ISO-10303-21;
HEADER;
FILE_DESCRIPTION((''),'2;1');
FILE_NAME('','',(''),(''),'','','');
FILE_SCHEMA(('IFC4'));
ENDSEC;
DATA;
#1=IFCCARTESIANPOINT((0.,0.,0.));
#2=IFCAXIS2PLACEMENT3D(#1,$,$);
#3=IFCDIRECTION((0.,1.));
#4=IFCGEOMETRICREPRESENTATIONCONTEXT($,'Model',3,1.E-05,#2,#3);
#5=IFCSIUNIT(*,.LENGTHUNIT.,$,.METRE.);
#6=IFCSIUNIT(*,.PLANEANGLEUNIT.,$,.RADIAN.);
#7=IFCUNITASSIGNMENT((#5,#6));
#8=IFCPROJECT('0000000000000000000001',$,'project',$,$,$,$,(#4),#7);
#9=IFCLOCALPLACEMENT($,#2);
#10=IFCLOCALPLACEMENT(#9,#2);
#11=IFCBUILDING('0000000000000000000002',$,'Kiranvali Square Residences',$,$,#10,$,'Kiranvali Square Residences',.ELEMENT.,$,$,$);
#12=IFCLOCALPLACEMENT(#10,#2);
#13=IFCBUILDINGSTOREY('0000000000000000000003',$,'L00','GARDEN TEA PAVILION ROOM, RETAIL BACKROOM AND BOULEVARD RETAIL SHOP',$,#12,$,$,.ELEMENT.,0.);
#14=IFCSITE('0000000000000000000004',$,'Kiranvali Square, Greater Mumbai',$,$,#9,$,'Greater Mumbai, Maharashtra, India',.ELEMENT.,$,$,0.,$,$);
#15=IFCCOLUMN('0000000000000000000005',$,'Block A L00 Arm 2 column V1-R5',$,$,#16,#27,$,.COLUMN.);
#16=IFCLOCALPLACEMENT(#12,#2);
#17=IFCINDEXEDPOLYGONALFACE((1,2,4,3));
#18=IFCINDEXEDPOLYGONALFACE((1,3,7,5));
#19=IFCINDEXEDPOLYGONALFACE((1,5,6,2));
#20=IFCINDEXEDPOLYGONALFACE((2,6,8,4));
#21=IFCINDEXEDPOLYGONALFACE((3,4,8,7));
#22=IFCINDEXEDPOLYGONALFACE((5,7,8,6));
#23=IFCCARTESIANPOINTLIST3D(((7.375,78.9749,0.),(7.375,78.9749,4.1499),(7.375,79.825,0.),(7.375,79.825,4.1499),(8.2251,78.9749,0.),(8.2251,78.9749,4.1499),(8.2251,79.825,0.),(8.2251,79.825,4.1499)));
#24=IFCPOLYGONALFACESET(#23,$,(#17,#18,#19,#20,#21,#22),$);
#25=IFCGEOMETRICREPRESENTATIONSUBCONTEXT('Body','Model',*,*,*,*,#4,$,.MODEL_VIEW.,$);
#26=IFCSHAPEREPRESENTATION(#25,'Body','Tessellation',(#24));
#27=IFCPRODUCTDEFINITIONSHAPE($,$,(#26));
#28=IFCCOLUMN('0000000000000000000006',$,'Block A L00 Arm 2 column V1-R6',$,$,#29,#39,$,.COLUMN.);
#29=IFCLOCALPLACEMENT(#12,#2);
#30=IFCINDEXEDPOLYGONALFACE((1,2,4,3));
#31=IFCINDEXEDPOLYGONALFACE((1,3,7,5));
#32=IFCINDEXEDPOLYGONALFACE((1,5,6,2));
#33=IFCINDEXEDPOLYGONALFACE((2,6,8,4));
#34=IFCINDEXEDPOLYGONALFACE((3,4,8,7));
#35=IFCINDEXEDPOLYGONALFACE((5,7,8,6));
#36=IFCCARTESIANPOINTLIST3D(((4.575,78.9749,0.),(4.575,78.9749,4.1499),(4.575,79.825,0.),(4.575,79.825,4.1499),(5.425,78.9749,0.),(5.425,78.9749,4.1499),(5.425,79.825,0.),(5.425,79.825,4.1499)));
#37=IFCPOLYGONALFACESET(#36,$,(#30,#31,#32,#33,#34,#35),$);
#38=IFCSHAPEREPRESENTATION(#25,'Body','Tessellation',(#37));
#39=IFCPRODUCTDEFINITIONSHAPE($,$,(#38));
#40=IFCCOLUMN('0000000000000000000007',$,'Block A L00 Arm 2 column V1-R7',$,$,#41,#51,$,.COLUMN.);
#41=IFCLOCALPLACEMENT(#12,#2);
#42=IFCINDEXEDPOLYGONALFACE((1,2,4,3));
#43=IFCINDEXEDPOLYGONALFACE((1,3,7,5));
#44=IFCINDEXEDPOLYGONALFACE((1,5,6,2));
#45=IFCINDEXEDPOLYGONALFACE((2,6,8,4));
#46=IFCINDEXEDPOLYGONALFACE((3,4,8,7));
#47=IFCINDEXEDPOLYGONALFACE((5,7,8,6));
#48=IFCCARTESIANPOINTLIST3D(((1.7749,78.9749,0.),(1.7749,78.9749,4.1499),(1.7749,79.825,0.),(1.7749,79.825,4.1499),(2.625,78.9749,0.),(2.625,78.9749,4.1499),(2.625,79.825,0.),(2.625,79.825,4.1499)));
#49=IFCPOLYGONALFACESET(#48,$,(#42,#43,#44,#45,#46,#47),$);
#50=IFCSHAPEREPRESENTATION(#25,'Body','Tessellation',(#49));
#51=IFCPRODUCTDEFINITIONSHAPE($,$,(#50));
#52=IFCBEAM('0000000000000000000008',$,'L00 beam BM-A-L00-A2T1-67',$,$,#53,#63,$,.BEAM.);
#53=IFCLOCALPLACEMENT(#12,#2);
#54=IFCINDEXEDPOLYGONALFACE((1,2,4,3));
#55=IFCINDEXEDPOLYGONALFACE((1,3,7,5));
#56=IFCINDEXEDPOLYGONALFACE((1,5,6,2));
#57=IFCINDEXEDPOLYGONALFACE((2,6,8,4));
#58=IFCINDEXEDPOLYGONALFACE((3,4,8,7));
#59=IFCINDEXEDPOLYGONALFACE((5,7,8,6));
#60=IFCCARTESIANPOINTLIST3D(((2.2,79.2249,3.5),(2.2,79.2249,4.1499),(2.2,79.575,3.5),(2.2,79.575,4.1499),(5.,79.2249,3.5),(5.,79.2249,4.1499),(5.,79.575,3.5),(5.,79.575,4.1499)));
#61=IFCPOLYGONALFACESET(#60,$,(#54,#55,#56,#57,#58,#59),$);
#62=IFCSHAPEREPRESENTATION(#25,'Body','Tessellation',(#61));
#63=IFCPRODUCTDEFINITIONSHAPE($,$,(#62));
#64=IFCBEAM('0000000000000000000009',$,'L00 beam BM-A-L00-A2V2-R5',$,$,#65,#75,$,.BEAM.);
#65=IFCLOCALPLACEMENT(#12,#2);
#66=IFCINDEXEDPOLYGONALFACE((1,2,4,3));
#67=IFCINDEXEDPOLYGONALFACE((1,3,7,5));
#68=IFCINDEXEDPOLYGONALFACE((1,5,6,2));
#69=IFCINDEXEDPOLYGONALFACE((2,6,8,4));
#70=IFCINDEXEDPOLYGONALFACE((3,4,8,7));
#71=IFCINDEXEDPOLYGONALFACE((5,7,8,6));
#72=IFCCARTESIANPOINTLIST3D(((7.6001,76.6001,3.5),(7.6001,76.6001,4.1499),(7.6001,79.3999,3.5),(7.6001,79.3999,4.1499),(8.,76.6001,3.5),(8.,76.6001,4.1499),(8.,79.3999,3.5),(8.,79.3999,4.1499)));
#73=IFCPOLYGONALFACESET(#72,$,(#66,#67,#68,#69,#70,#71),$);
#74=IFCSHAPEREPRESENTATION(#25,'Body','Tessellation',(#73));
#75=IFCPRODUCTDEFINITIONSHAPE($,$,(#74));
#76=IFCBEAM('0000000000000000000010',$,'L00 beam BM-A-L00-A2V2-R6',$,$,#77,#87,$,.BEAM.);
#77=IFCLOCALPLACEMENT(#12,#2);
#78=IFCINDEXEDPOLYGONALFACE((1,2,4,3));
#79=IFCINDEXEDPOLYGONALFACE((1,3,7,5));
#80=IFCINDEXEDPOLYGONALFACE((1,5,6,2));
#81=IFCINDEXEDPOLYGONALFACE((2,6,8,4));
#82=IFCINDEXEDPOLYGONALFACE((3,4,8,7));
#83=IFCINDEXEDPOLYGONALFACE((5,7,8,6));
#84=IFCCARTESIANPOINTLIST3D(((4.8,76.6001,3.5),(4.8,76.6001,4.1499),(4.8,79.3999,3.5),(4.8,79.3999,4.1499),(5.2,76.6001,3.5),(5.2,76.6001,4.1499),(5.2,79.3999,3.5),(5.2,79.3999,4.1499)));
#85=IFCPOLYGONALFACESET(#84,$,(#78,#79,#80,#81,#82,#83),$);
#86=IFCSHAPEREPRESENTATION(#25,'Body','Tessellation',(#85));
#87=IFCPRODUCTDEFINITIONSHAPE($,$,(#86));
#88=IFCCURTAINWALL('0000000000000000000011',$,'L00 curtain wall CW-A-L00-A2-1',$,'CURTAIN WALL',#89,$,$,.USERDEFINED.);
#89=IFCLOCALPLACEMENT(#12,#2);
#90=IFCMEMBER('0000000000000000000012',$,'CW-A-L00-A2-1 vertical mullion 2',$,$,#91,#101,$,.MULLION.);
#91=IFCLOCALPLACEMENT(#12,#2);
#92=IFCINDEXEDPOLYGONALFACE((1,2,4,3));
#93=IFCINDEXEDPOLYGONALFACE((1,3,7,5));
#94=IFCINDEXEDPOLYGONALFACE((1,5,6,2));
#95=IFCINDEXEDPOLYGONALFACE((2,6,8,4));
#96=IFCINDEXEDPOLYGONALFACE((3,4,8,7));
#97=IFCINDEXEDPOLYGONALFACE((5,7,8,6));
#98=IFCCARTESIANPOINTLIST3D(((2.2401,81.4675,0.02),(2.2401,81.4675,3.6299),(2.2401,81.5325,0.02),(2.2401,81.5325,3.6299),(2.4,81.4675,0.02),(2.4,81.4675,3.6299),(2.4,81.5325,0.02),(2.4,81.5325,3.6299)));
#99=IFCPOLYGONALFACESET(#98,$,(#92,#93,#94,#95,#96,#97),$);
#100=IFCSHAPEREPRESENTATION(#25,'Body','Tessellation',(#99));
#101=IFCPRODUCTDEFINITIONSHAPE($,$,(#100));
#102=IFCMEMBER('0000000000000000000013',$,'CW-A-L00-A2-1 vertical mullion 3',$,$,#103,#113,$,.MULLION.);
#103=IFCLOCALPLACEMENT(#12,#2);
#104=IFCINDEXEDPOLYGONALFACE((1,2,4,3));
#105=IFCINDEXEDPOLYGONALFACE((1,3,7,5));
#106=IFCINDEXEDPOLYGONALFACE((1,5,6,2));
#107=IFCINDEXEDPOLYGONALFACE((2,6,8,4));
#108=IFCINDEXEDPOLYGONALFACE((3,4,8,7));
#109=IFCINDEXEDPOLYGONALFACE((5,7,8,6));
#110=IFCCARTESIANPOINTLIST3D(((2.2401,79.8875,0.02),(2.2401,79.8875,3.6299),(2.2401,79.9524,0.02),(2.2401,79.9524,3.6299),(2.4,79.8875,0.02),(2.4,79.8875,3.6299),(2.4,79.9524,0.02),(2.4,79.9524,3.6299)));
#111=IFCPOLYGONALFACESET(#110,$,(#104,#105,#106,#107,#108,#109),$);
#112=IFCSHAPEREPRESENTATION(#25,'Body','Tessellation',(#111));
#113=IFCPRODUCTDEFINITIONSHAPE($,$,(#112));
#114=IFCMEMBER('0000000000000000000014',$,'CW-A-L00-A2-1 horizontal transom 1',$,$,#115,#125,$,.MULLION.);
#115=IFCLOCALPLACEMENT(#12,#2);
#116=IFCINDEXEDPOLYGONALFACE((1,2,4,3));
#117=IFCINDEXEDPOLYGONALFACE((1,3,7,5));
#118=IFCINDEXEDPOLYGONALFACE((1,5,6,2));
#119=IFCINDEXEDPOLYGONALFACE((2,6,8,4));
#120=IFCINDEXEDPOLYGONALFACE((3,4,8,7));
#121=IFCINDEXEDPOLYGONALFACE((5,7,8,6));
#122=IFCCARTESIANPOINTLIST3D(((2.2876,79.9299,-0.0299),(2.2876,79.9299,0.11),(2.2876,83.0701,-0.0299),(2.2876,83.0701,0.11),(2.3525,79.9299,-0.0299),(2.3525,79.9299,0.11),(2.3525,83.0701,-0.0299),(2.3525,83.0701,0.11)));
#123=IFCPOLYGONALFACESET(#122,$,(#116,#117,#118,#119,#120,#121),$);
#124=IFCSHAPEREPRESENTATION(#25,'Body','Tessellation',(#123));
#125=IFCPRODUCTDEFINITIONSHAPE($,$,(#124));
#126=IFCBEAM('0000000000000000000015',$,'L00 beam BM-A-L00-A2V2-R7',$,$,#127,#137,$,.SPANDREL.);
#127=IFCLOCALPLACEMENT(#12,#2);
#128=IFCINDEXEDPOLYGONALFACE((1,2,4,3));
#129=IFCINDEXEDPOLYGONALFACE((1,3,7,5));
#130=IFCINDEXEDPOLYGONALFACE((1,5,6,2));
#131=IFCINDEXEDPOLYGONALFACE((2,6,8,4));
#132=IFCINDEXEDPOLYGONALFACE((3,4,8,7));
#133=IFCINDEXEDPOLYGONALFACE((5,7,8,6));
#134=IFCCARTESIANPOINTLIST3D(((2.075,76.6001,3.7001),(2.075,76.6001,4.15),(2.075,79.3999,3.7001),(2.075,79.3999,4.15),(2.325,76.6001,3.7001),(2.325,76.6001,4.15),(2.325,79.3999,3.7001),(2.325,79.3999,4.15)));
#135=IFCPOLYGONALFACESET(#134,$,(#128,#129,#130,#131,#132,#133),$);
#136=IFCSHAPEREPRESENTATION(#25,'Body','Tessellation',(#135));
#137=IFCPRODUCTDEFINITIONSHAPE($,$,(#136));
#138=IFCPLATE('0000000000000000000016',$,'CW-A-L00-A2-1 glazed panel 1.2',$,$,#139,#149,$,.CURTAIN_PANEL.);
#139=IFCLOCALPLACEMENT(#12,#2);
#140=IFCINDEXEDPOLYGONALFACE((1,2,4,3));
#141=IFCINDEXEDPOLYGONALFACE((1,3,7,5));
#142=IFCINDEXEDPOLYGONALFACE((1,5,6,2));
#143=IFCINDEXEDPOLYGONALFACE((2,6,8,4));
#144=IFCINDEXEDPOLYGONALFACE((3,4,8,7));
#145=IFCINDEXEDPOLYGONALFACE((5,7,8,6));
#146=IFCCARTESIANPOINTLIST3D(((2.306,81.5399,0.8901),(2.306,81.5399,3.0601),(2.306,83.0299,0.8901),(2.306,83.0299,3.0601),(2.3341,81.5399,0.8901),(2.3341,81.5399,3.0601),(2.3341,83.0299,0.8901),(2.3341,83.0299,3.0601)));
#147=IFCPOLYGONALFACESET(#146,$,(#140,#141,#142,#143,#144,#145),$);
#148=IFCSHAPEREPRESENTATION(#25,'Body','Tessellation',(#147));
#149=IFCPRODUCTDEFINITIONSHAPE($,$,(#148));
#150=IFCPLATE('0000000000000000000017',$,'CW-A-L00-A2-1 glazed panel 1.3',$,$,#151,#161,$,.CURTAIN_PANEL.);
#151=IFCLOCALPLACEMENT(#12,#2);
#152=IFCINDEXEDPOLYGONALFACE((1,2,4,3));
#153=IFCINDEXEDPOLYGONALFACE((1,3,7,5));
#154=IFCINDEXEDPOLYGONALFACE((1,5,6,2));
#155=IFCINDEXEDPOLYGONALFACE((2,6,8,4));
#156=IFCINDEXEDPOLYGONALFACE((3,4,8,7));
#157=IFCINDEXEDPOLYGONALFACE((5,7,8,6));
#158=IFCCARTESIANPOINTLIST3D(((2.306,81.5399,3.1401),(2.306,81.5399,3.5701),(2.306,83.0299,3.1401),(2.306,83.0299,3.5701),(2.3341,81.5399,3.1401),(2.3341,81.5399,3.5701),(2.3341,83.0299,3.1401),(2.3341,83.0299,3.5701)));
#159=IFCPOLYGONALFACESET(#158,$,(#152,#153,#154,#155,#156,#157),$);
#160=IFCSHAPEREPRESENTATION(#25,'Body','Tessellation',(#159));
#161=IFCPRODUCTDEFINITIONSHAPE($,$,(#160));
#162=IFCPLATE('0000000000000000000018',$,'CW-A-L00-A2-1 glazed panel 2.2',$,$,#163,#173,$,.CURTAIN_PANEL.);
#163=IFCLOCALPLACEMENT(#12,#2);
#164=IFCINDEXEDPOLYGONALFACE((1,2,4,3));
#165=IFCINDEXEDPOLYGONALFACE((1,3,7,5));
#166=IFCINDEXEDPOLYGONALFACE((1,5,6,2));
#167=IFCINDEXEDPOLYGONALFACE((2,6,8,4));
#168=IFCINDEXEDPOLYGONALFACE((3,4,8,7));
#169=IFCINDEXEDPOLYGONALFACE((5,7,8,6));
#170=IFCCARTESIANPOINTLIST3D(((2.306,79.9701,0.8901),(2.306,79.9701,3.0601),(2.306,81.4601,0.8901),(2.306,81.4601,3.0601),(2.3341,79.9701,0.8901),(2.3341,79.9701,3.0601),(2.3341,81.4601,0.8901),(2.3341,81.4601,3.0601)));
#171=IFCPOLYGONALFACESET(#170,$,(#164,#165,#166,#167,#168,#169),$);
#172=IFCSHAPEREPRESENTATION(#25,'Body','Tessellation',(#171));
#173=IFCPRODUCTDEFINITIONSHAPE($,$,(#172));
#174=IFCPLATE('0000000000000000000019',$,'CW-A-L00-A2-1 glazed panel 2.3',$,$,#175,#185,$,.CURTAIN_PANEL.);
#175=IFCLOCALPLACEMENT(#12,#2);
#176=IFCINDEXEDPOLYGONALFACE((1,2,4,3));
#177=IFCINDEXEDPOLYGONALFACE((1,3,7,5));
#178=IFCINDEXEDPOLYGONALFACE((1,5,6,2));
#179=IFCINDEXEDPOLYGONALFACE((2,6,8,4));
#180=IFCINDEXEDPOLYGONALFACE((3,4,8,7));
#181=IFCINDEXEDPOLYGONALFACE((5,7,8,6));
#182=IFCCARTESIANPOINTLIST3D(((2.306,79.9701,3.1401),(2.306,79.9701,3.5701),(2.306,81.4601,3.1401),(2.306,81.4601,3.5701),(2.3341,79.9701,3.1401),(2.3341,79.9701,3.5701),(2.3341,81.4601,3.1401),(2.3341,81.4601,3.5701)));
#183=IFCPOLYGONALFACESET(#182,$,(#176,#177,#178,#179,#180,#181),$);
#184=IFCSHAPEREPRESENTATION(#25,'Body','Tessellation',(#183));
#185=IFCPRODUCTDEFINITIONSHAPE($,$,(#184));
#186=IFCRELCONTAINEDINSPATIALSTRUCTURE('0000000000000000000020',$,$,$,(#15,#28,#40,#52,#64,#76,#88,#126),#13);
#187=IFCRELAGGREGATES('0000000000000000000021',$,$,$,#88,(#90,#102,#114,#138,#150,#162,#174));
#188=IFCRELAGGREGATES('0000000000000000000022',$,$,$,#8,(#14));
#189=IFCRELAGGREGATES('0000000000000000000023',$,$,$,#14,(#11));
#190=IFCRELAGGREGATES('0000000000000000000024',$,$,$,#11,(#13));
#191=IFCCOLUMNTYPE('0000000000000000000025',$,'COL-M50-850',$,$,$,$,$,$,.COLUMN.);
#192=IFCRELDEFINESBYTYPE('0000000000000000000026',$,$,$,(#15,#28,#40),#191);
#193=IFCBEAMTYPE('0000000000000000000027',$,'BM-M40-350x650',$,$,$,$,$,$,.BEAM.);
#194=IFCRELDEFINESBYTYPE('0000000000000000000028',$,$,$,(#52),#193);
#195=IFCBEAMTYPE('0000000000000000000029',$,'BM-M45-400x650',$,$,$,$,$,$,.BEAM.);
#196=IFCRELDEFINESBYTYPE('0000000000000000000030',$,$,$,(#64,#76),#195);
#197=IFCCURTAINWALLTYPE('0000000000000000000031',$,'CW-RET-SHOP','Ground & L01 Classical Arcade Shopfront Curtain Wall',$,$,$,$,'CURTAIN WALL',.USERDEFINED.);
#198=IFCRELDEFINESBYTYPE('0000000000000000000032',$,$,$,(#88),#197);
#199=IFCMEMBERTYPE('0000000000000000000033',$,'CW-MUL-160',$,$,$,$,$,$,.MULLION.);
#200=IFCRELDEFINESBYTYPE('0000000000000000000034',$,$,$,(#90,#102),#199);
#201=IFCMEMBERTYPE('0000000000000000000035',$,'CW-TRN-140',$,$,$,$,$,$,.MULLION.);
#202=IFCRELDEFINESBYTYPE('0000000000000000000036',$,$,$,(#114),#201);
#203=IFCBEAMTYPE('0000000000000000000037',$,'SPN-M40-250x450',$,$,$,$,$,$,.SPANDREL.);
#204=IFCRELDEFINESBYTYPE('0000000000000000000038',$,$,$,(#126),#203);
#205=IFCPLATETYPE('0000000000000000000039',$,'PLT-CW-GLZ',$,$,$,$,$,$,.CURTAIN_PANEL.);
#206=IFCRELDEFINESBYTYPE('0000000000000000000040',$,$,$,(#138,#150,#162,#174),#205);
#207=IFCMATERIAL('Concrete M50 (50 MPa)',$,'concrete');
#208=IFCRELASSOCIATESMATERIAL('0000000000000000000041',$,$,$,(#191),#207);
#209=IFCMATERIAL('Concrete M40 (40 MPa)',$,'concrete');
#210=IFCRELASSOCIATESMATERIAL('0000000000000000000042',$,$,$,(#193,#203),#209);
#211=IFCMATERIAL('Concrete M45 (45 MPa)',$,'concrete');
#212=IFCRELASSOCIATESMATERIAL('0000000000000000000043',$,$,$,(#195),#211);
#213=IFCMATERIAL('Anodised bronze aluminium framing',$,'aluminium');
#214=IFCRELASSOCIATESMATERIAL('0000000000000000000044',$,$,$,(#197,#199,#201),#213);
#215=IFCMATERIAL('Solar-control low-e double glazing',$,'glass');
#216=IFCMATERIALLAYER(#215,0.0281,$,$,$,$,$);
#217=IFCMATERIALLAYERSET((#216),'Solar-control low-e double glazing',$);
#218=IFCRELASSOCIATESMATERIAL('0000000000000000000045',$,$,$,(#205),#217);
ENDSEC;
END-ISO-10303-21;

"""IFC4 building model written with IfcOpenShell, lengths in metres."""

from ifc_helpers import new_model, si_unit, direction, frame, origin, origin_2d, place, context, subcontext, project, spatial, rectangle, extrude, material, layer, layer_set, material_profile, profile_set, type_object, element, aggregate, save


model = new_model("IFC4")

# Units and contexts
model_context = context("Model", 3, precision=1e-05, world=origin(), true_north=direction((0.0, 1.0)))
body_context = subcontext(model_context, "Body", "Model", "MODEL_VIEW")
ifc_project = project(units=[si_unit("LENGTHUNIT", "METRE"), si_unit("PLANEANGLEUNIT", "RADIAN")], contexts=[model_context])

# Site, building, storey
site_placement = place(None, origin())
site = spatial("IfcSite", under=ifc_project, at=site_placement, Name="Kiranvali Square, Greater Mumbai", LongName="Greater Mumbai, Maharashtra, India", CompositionType="ELEMENT", RefElevation=0.0)
building_placement = place(site_placement, origin())
building = spatial("IfcBuilding", under=site, at=building_placement, Name="Kiranvali Square Residences", LongName="Kiranvali Square Residences", CompositionType="ELEMENT")
storey_placement = place(building_placement, origin())
storey = spatial("IfcBuildingStorey", under=building, at=storey_placement, Name="L00", Description="GARDEN TEA PAVILION ROOM, RETAIL BACKROOM AND BOULEVARD RETAIL SHOP", CompositionType="ELEMENT", Elevation=0.0)

# Columns
ifc_material_1 = material(Name="Concrete M50 (50 MPa)", Category="concrete")
ifc_material_profile_1 = material_profile(ifc_material_1, rectangle(XDim=0.8501, YDim=0.8501, at=origin_2d()), Name="RC 850x850")
ifc_profile_set_1 = profile_set([ifc_material_profile_1], Name="Concrete M50 (50 MPa)")
column_type = type_object("IfcColumnType", Name="COL-M50-850", PredefinedType="COLUMN", material=ifc_profile_set_1)
for number, where, z_axis, x_axis, name in (
    (1, (7.8, 79.3999, 0.0), (0.0, 0.0, 1.0), (1.0, 0.0, 0.0), "Block A L00 Arm 2 column V1-R5"),
    (2, (5.0, 79.3999, 0.0), (0.0, 0.0, 1.0), (1.0, 0.0, 0.0), "Block A L00 Arm 2 column V1-R6"),
    (3, (2.2, 79.3999, 0.0), (0.0, 0.0, 1.0), (1.0, 0.0, 0.0), "Block A L00 Arm 2 column V1-R7"),
):
    element("IfcColumn", number, at=place(storey_placement, frame(where, z_axis=z_axis, x_axis=x_axis)), inside=storey, type_object=column_type, Name=name, PredefinedType="COLUMN", context=body_context, shape_type="SweptSolid", body=[
        extrude(rectangle(XDim=0.8501, YDim=0.8501, at=origin_2d()), origin(), (0.0, 0.0, 1.0), 4.1499),
    ])

# Beams
ifc_material_2 = material(Name="Concrete M40 (40 MPa)", Category="concrete")
ifc_material_profile_2 = material_profile(ifc_material_2, rectangle(XDim=0.3501, YDim=0.6499, at=origin_2d()), Name="RC 350x650")
ifc_profile_set_2 = profile_set([ifc_material_profile_2], Name="Concrete M40 (40 MPa)")
beam_type_1 = type_object("IfcBeamType", Name="BM-M40-350x650", PredefinedType="BEAM", material=ifc_profile_set_2)
beam_1_placement = place(storey_placement, frame((5.0, 79.3999, 3.825), z_axis=(-1.0, 0.0, 0.0), x_axis=(0.0, -1.0, 0.0)))
element("IfcBeam", 4, at=beam_1_placement, inside=storey, type_object=beam_type_1, Name="L00 beam BM-A-L00-A2T1-67", PredefinedType="BEAM", context=body_context, shape_type="SweptSolid", body=[
    extrude(rectangle(XDim=0.3501, YDim=0.6499, at=origin_2d()), origin(), (0.0, 0.0, 1.0), 2.8),
])
ifc_material_3 = material(Name="Concrete M45 (45 MPa)", Category="concrete")
ifc_material_profile_3 = material_profile(ifc_material_3, rectangle(XDim=0.3999, YDim=0.6499, at=origin_2d()), Name="RC 400x650")
ifc_profile_set_3 = profile_set([ifc_material_profile_3], Name="Concrete M45 (45 MPa)")
beam_type_2 = type_object("IfcBeamType", Name="BM-M45-400x650", PredefinedType="BEAM", material=ifc_profile_set_3)
for number, where, z_axis, x_axis, name in (
    (5, (7.8, 79.3999, 3.825), (0.0, -1.0, 0.0), (1.0, 0.0, 0.0), "L00 beam BM-A-L00-A2V2-R5"),
    (6, (5.0, 79.3999, 3.825), (0.0, -1.0, 0.0), (1.0, 0.0, 0.0), "L00 beam BM-A-L00-A2V2-R6"),
):
    element("IfcBeam", number, at=place(storey_placement, frame(where, z_axis=z_axis, x_axis=x_axis)), inside=storey, type_object=beam_type_2, Name=name, PredefinedType="BEAM", context=body_context, shape_type="SweptSolid", body=[
        extrude(rectangle(XDim=0.3999, YDim=0.6499, at=origin_2d()), origin(), (0.0, 0.0, 1.0), 2.7998),
    ])

# Curtain wall, members
ifc_material_4 = material(Name="Anodised bronze aluminium framing", Category="aluminium")
curtain_wall_type = type_object("IfcCurtainWallType", Name="CW-RET-SHOP", Description="Ground & L01 Classical Arcade Shopfront Curtain Wall", ElementType="CURTAIN WALL", PredefinedType="USERDEFINED", material=ifc_material_4)
curtain_wall_placement = place(storey_placement, origin())
curtain_wall = element("IfcCurtainWall", 7, at=curtain_wall_placement, inside=storey, type_object=curtain_wall_type, Name="L00 curtain wall CW-A-L00-A2-1", ObjectType="CURTAIN WALL", PredefinedType="USERDEFINED")
ifc_material_profile_4 = material_profile(ifc_material_4, rectangle(XDim=0.0649, YDim=0.1599, at=origin_2d()), Name="ALU 65x160")
ifc_profile_set_4 = profile_set([ifc_material_profile_4], Name="Anodised bronze aluminium framing")
member_type_1 = type_object("IfcMemberType", Name="CW-MUL-160", PredefinedType="MULLION", material=ifc_profile_set_4)
member_1_placement = place(storey_placement, frame((2.3201, 81.5, 0.02), z_axis=(0.0, 0.0, 1.0), x_axis=(0.0, -1.0, 0.0)))
member_1 = element("IfcMember", 8, at=member_1_placement, type_object=member_type_1, Name="CW-A-L00-A2-1 vertical mullion 2", PredefinedType="MULLION", context=body_context, shape_type="SweptSolid", body=[
    extrude(rectangle(XDim=0.0649, YDim=0.1599, at=origin_2d()), origin(), (0.0, 0.0, 1.0), 3.6099),
])
member_2_placement = place(storey_placement, frame((2.3201, 79.9199, 0.02), z_axis=(0.0, 0.0, 1.0), x_axis=(0.0, -1.0, 0.0)))
member_2 = element("IfcMember", 9, at=member_2_placement, type_object=member_type_1, Name="CW-A-L00-A2-1 vertical mullion 3", PredefinedType="MULLION", context=body_context, shape_type="SweptSolid", body=[
    extrude(rectangle(XDim=0.0649, YDim=0.1599, at=origin_2d()), origin(), (0.0, 0.0, 1.0), 3.6099),
])
ifc_material_profile_5 = material_profile(ifc_material_4, rectangle(XDim=0.0649, YDim=0.1399, at=origin_2d()), Name="ALU 65x140")
ifc_profile_set_5 = profile_set([ifc_material_profile_5], Name="Anodised bronze aluminium framing")
member_type_2 = type_object("IfcMemberType", Name="CW-TRN-140", PredefinedType="MULLION", material=ifc_profile_set_5)
member_3_placement = place(storey_placement, frame((2.3201, 83.0701, 0.04), z_axis=(0.0, -1.0, 0.0), x_axis=(1.0, 0.0, 0.0)))
member_3 = element("IfcMember", 10, at=member_3_placement, type_object=member_type_2, Name="CW-A-L00-A2-1 horizontal transom 1", PredefinedType="MULLION", context=body_context, shape_type="SweptSolid", body=[
    extrude(rectangle(XDim=0.0649, YDim=0.1399, at=origin_2d()), origin(), (0.0, 0.0, 1.0), 3.1401),
])

# Beam
ifc_material_profile_6 = material_profile(ifc_material_2, rectangle(XDim=0.25, YDim=0.45, at=origin_2d()), Name="RC 250x450")
ifc_profile_set_6 = profile_set([ifc_material_profile_6], Name="Concrete M40 (40 MPa)")
beam_type_3 = type_object("IfcBeamType", Name="SPN-M40-250x450", PredefinedType="SPANDREL", material=ifc_profile_set_6)
beam_2_placement = place(storey_placement, frame((2.2, 79.3999, 3.925), z_axis=(0.0, -1.0, 0.0), x_axis=(1.0, 0.0, 0.0)))
element("IfcBeam", 11, at=beam_2_placement, inside=storey, type_object=beam_type_3, Name="L00 beam BM-A-L00-A2V2-R7", PredefinedType="SPANDREL", context=body_context, shape_type="SweptSolid", body=[
    extrude(rectangle(XDim=0.25, YDim=0.45, at=origin_2d()), origin(), (0.0, 0.0, 1.0), 2.7998),
])

# Plates
ifc_material_5 = material(Name="Solar-control low-e double glazing", Category="glass")
ifc_layer_1 = layer(ifc_material_5, 0.0281)
ifc_layer_set_1 = layer_set([ifc_layer_1], Name="Solar-control low-e double glazing")
plate_type_1 = type_object("IfcPlateType", Name="PLT-CW-GLZ", PredefinedType="CURTAIN_PANEL", material=ifc_layer_set_1)
plate_1_placement = place(storey_placement, frame((2.3201, 82.2849, 0.8901), z_axis=(0.0, 0.0, 1.0), x_axis=(0.0, -1.0, 0.0)))
plate_1 = element("IfcPlate", 12, at=plate_1_placement, type_object=plate_type_1, Name="CW-A-L00-A2-1 glazed panel 1.2", PredefinedType="CURTAIN_PANEL", context=body_context, shape_type="SweptSolid", body=[
    extrude(rectangle(XDim=1.49, YDim=0.0281, at=origin_2d()), origin(), (0.0, 0.0, 1.0), 2.1699),
])
plate_2_placement = place(storey_placement, frame((2.3201, 82.2849, 3.1401), z_axis=(0.0, 0.0, 1.0), x_axis=(0.0, -1.0, 0.0)))
plate_2 = element("IfcPlate", 13, at=plate_2_placement, type_object=plate_type_1, Name="CW-A-L00-A2-1 glazed panel 1.3", PredefinedType="CURTAIN_PANEL", context=body_context, shape_type="SweptSolid", body=[
    extrude(rectangle(XDim=1.49, YDim=0.0281, at=origin_2d()), origin(), (0.0, 0.0, 1.0), 0.4299),
])
plate_3_placement = place(storey_placement, frame((2.3201, 80.7151, 0.8901), z_axis=(0.0, 0.0, 1.0), x_axis=(0.0, -1.0, 0.0)))
plate_3 = element("IfcPlate", 14, at=plate_3_placement, type_object=plate_type_1, Name="CW-A-L00-A2-1 glazed panel 2.2", PredefinedType="CURTAIN_PANEL", context=body_context, shape_type="SweptSolid", body=[
    extrude(rectangle(XDim=1.49, YDim=0.0281, at=origin_2d()), origin(), (0.0, 0.0, 1.0), 2.1699),
])
plate_4_placement = place(storey_placement, frame((2.3201, 80.7151, 3.1401), z_axis=(0.0, 0.0, 1.0), x_axis=(0.0, -1.0, 0.0)))
plate_4 = element("IfcPlate", 15, at=plate_4_placement, type_object=plate_type_1, Name="CW-A-L00-A2-1 glazed panel 2.3", PredefinedType="CURTAIN_PANEL", context=body_context, shape_type="SweptSolid", body=[
    extrude(rectangle(XDim=1.49, YDim=0.0281, at=origin_2d()), origin(), (0.0, 0.0, 1.0), 0.4299),
])
aggregate(curtain_wall, [member_1, member_2, member_3, plate_1, plate_2, plate_3, plate_4])

save(model, "model.ifc")
